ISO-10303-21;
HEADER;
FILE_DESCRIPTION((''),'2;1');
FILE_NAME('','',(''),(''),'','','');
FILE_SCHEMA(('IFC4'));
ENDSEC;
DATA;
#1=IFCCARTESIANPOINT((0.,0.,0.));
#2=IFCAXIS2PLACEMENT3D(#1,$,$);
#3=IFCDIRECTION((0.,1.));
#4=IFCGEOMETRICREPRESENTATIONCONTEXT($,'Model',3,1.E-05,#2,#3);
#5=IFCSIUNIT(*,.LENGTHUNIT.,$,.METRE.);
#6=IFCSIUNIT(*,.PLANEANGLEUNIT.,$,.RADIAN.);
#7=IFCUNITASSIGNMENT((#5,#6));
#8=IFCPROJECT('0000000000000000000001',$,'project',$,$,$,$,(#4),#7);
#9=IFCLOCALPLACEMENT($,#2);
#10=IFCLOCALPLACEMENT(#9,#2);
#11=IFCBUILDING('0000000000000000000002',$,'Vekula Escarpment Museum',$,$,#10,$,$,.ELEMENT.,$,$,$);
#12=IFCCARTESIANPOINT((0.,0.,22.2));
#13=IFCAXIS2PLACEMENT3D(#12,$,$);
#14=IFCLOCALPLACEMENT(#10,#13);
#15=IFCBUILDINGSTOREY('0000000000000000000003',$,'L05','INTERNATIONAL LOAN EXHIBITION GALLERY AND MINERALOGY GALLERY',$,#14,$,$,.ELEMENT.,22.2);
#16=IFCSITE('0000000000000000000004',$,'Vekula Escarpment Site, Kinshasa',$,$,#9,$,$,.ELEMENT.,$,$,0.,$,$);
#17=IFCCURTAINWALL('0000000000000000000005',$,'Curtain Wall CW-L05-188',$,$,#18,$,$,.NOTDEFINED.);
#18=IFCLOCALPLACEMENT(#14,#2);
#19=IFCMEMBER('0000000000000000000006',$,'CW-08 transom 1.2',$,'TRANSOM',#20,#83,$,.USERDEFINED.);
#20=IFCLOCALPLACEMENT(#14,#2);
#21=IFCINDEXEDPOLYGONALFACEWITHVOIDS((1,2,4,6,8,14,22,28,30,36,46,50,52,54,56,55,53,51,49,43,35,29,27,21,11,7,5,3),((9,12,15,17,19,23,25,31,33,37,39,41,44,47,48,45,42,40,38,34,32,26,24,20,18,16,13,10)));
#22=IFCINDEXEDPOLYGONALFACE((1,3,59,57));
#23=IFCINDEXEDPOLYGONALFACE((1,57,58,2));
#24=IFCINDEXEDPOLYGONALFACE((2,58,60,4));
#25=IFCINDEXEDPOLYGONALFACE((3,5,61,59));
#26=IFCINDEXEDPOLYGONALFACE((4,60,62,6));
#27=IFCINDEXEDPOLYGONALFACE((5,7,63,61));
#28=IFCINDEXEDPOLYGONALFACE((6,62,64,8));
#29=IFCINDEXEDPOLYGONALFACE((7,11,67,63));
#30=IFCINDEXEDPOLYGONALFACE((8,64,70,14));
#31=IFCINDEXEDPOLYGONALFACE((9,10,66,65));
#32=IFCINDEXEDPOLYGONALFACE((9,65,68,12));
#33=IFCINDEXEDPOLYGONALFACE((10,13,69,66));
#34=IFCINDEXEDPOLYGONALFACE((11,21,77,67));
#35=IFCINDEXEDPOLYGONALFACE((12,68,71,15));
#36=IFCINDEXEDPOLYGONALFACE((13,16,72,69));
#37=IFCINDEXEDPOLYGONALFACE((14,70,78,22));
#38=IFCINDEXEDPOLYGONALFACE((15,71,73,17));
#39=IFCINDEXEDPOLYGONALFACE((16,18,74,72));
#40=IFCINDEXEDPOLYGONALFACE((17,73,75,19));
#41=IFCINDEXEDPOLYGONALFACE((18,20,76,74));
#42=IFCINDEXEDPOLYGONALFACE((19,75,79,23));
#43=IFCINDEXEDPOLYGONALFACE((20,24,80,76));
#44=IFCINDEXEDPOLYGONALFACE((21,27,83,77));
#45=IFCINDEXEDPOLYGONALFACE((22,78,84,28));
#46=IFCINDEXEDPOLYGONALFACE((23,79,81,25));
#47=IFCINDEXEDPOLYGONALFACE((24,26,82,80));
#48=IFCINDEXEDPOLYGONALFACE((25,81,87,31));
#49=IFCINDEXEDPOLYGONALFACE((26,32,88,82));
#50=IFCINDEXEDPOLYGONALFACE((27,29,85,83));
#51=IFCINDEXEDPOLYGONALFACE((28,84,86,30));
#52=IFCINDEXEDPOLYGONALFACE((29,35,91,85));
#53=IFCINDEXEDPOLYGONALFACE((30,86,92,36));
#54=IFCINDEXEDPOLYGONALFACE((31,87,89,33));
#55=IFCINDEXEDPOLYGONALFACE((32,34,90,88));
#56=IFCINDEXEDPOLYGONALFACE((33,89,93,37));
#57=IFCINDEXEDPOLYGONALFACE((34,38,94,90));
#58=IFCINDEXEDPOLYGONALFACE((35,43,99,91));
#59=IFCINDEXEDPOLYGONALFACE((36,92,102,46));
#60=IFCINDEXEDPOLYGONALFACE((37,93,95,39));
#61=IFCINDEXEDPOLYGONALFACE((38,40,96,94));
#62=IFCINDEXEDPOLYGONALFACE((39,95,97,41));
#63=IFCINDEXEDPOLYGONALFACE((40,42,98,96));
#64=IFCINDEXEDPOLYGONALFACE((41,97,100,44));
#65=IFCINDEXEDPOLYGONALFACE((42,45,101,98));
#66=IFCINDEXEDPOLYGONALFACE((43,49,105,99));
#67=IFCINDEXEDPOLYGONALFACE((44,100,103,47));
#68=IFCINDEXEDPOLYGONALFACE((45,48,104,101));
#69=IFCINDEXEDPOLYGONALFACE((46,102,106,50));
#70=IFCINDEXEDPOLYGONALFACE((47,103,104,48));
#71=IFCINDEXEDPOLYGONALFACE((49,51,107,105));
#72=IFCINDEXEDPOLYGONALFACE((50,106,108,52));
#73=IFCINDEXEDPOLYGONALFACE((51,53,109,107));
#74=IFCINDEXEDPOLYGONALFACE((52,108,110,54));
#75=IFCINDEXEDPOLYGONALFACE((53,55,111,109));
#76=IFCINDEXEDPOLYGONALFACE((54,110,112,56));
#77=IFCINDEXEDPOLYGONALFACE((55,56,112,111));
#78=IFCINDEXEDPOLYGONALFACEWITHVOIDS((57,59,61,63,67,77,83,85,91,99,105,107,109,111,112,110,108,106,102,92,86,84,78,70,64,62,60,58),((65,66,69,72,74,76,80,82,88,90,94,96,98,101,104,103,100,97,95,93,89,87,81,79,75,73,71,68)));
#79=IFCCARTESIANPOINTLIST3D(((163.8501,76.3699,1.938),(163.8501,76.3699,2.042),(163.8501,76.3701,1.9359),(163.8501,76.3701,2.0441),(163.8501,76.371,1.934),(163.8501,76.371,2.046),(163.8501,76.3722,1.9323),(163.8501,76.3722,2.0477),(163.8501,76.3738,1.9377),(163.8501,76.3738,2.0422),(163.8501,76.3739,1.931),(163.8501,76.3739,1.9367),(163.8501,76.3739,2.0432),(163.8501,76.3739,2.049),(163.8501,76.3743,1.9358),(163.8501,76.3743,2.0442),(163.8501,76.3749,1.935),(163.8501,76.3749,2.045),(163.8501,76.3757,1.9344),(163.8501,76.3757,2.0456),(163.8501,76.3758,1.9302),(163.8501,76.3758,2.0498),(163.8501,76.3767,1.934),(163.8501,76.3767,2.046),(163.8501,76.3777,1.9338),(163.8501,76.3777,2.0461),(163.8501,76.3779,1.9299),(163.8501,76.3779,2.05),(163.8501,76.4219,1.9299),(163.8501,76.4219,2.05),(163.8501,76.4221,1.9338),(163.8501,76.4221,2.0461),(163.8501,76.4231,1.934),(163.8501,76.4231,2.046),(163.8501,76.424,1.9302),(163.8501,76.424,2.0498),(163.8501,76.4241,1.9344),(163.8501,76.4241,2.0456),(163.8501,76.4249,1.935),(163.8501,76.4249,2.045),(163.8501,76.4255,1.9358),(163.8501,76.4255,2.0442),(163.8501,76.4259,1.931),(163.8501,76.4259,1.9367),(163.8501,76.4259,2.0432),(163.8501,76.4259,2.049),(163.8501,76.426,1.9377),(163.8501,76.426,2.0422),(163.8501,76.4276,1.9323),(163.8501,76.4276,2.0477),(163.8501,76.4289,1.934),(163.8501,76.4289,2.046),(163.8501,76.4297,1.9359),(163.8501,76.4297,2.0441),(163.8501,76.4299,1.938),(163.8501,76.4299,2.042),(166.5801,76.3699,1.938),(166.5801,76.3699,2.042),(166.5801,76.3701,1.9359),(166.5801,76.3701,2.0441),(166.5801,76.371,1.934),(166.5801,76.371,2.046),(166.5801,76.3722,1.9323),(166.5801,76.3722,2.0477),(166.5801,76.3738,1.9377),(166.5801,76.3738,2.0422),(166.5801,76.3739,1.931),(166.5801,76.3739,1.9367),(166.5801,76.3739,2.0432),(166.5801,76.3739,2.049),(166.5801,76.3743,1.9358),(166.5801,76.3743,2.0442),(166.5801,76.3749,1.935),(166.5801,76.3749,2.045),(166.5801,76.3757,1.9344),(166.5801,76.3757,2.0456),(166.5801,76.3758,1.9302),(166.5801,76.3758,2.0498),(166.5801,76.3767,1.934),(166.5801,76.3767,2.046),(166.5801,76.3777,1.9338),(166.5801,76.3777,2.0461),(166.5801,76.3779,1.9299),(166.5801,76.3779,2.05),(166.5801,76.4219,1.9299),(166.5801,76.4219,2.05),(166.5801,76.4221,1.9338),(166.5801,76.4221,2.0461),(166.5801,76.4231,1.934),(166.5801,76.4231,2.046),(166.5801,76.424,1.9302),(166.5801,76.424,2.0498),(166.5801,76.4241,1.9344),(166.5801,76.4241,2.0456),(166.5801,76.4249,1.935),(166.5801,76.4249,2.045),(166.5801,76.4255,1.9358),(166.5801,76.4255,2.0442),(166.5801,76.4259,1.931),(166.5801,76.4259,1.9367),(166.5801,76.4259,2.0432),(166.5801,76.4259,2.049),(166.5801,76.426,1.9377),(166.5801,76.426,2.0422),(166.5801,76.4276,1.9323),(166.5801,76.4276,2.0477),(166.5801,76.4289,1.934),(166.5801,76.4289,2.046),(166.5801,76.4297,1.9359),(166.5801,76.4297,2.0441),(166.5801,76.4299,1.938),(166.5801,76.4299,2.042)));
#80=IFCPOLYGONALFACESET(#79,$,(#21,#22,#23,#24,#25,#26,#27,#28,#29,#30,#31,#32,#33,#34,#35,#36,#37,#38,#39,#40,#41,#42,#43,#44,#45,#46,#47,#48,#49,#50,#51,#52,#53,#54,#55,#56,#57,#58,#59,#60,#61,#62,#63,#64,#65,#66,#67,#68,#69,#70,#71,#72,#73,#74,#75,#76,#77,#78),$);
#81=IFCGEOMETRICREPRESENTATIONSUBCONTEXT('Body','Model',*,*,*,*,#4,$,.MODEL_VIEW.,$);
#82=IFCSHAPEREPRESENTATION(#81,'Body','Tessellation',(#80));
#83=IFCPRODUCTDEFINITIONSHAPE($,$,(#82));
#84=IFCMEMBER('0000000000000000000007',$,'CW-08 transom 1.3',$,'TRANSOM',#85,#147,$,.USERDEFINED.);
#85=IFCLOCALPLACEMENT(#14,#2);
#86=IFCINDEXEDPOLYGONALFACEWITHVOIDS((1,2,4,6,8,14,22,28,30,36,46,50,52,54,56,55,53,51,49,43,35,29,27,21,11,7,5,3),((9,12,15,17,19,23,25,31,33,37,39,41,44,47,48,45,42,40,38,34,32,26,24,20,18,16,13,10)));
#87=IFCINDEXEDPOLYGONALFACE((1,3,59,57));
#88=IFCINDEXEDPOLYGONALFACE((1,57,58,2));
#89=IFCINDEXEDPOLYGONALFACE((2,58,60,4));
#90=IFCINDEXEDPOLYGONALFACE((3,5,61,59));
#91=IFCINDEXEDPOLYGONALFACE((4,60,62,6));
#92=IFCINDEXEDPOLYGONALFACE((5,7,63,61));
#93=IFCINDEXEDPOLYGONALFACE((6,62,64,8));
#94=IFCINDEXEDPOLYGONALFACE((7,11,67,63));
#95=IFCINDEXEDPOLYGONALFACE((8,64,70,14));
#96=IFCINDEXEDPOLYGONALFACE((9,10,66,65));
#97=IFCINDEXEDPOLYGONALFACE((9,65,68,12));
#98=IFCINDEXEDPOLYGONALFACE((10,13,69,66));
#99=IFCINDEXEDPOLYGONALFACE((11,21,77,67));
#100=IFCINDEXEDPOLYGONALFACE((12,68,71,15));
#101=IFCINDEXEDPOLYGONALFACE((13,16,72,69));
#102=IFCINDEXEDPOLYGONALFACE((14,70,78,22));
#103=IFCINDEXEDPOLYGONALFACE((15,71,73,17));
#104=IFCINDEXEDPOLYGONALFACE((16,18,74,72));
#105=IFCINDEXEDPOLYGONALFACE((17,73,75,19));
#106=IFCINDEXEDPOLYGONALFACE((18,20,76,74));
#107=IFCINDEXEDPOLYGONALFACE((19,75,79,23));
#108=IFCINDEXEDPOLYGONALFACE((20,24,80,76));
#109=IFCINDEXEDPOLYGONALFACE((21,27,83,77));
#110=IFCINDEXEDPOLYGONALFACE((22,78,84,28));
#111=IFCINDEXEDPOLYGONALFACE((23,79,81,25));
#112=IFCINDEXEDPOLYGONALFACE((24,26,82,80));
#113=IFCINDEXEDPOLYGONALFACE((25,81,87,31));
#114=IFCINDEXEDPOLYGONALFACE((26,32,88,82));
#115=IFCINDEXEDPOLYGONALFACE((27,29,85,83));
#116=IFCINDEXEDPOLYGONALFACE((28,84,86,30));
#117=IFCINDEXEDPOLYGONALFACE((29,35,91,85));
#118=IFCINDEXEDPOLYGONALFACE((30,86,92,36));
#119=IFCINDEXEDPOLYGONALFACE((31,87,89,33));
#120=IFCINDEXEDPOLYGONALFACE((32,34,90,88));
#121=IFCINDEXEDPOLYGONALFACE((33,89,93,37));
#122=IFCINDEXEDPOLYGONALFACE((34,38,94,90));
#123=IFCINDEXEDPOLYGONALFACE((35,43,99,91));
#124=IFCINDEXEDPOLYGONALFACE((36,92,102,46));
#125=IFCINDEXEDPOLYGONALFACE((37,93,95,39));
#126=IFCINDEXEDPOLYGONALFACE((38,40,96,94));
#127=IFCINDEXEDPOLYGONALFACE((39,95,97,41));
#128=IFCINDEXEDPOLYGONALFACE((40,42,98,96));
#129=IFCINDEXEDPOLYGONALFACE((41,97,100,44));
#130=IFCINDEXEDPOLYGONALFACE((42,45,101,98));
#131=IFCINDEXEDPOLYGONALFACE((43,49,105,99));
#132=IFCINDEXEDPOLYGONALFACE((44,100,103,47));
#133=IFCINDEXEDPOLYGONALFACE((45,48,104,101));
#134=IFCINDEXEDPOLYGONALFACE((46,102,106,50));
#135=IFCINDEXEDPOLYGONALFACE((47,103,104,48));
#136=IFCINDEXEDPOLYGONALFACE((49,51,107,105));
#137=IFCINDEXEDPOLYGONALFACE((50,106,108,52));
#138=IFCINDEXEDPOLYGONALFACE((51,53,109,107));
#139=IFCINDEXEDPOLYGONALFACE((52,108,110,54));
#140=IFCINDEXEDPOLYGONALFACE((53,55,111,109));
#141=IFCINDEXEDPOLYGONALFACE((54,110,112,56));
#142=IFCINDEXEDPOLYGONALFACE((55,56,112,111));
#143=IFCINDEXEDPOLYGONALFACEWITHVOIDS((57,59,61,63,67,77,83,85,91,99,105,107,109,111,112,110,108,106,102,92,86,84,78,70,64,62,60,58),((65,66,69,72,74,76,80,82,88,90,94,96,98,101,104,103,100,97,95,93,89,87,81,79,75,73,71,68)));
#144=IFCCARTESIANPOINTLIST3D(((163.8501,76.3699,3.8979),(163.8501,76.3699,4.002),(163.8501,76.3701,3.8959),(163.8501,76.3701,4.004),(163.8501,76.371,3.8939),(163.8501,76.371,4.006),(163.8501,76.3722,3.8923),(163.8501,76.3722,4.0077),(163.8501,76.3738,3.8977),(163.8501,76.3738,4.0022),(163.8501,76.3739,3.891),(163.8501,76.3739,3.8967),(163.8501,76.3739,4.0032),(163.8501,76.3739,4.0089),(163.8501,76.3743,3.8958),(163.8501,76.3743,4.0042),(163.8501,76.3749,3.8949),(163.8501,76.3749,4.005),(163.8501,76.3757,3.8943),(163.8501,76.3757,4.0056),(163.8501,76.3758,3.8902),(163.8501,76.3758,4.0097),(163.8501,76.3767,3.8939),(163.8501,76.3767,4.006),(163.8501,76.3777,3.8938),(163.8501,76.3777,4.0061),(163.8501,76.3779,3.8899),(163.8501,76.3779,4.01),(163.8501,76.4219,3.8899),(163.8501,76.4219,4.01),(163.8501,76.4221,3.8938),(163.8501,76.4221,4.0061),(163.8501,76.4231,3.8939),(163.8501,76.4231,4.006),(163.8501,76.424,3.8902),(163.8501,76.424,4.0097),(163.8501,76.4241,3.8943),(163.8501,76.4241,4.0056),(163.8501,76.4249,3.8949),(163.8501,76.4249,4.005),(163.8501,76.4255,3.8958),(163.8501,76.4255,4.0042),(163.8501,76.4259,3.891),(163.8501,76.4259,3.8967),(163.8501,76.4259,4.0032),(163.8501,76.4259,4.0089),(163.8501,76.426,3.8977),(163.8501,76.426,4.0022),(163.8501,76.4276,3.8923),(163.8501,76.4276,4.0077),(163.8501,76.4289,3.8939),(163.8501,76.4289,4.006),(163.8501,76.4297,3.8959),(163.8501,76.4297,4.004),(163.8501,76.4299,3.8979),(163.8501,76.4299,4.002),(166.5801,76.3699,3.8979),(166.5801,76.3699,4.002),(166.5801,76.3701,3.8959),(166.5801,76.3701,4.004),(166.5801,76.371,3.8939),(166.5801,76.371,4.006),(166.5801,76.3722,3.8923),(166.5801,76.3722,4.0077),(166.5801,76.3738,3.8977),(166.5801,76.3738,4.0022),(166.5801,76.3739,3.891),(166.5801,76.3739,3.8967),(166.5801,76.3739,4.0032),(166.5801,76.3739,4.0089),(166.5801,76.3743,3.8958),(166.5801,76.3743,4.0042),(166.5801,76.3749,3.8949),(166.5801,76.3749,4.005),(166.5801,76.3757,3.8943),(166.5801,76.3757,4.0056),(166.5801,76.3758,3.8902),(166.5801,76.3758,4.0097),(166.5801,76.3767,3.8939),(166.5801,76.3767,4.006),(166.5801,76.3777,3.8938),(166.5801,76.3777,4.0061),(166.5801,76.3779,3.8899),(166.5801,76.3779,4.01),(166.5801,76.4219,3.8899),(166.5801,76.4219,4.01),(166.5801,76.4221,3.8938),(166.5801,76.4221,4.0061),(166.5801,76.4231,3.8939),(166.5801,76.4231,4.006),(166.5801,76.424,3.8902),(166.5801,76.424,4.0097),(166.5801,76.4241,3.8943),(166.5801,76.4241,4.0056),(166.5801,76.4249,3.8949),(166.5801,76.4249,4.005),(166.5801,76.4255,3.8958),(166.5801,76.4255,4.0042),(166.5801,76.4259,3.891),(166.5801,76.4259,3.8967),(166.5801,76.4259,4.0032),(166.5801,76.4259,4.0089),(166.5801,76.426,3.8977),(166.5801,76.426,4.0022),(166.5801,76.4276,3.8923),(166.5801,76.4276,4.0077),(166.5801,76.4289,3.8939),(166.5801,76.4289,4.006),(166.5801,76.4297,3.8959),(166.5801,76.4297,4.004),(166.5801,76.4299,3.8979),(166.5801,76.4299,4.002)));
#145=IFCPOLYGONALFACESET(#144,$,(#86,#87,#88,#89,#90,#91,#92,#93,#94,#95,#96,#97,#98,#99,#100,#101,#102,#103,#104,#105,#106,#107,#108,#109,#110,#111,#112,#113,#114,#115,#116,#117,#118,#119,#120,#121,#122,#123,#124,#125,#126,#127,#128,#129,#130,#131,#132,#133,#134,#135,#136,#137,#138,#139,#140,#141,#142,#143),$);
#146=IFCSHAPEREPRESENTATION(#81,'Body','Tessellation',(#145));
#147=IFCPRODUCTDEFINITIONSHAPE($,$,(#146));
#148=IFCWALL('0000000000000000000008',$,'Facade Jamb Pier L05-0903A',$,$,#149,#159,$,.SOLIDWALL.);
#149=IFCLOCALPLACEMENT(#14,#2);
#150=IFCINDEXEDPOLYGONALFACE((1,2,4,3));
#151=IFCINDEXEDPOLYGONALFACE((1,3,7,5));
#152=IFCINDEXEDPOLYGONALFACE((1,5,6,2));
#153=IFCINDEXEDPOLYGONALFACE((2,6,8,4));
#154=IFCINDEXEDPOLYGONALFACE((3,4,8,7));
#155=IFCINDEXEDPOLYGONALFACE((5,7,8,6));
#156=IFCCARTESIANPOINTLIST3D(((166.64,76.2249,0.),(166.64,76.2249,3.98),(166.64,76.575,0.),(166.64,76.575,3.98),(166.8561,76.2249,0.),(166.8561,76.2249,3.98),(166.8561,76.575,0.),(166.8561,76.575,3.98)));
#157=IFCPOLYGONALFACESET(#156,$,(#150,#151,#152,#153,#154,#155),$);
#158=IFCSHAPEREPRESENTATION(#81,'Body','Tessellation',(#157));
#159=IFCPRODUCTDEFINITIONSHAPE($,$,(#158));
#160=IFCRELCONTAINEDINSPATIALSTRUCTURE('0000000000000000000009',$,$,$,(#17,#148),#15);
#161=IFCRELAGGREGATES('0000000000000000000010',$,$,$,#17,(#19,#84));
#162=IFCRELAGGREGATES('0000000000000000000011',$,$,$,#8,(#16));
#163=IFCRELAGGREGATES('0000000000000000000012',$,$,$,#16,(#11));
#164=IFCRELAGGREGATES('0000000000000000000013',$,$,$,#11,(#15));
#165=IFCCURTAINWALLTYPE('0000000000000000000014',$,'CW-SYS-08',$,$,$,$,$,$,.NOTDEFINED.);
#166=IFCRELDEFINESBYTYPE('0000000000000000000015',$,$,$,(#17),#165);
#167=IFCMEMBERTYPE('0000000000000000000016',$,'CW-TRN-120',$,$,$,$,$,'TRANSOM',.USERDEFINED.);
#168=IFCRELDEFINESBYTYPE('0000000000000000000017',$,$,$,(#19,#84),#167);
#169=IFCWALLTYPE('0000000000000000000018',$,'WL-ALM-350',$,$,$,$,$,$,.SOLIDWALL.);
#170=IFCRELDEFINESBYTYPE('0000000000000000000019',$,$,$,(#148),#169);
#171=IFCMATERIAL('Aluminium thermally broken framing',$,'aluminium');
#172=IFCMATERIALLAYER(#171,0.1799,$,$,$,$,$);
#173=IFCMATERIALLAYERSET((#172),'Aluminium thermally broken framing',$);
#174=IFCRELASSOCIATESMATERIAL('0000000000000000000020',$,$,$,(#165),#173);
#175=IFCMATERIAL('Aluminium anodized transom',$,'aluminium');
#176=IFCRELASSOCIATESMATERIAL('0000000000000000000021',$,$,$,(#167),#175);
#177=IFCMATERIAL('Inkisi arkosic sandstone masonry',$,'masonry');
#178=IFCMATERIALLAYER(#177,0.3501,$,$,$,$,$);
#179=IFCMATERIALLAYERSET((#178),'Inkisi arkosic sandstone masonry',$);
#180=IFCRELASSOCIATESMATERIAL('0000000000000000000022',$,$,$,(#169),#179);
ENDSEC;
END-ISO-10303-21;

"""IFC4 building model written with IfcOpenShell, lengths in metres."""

from ifc_helpers import new_model, si_unit, direction, frame, frame_2d, origin, origin_2d, place, context, subcontext, project, spatial, rectangle, hollow_rectangle, extrude, material, layer, layer_set, material_profile, profile_set, type_object, element, aggregate, save


model = new_model("IFC4")

# Units and contexts
model_context = context("Model", 3, precision=1e-05, world=origin(), true_north=direction((0.0, 1.0)))
body_context = subcontext(model_context, "Body", "Model", "MODEL_VIEW")
ifc_project = project(units=[si_unit("LENGTHUNIT", "METRE"), si_unit("PLANEANGLEUNIT", "RADIAN")], contexts=[model_context])

# Site, building, storey
site_placement = place(None, origin())
site = spatial("IfcSite", under=ifc_project, at=site_placement, Name="Vekula Escarpment Site, Kinshasa", CompositionType="ELEMENT", RefElevation=0.0)
building_placement = place(site_placement, origin())
building = spatial("IfcBuilding", under=site, at=building_placement, Name="Vekula Escarpment Museum", CompositionType="ELEMENT")
storey_placement = place(building_placement, frame((0.0, 0.0, 22.2)))
storey = spatial("IfcBuildingStorey", under=building, at=storey_placement, Name="L05", Description="INTERNATIONAL LOAN EXHIBITION GALLERY AND MINERALOGY GALLERY", CompositionType="ELEMENT", Elevation=22.2)

# Curtain wall, members
ifc_material_1 = material(Name="Aluminium thermally broken framing", Category="aluminium")
ifc_layer_1 = layer(ifc_material_1, 0.1799)
ifc_layer_set_1 = layer_set([ifc_layer_1], Name="Aluminium thermally broken framing")
curtain_wall_type = type_object("IfcCurtainWallType", Name="CW-SYS-08", PredefinedType="NOTDEFINED", material=ifc_layer_set_1)
curtain_wall_placement = place(storey_placement, origin())
curtain_wall = element("IfcCurtainWall", 1, at=curtain_wall_placement, inside=storey, type_object=curtain_wall_type, Name="Curtain Wall CW-L05-188", PredefinedType="NOTDEFINED")
ifc_material_2 = material(Name="Aluminium anodized transom", Category="aluminium")
ifc_material_profile_1 = material_profile(ifc_material_2, hollow_rectangle(XDim=0.0601, YDim=0.1201, WallThickness=0.0039, InnerFilletRadius=0.0039, OuterFilletRadius=0.0081, at=origin_2d()), Name="ALU 120x60x4")
ifc_profile_set_1 = profile_set([ifc_material_profile_1], Name="Aluminium anodized transom")
member_type_1 = type_object("IfcMemberType", Name="CW-TRN-120", ElementType="TRANSOM", PredefinedType="USERDEFINED", material=ifc_profile_set_1)
member_1_placement = place(storey_placement, frame((166.5801, 76.3999, 1.99), z_axis=(-1.0, 0.0, 0.0), x_axis=(0.0, -1.0, 0.0)))
member_1 = element("IfcMember", 2, at=member_1_placement, type_object=member_type_1, Name="CW-08 transom 1.2", ObjectType="TRANSOM", PredefinedType="USERDEFINED", context=body_context, shape_type="SweptSolid", body=[
    extrude(hollow_rectangle(XDim=0.0601, YDim=0.1201, WallThickness=0.0039, InnerFilletRadius=0.0039, OuterFilletRadius=0.0081, at=origin_2d()), origin(), (0.0, 0.0, 1.0), 2.73),
])
member_2_placement = place(storey_placement, frame((166.5801, 76.3999, 3.95), z_axis=(-1.0, 0.0, 0.0), x_axis=(0.0, -1.0, 0.0)))
member_2 = element("IfcMember", 3, at=member_2_placement, type_object=member_type_1, Name="CW-08 transom 1.3", ObjectType="TRANSOM", PredefinedType="USERDEFINED", context=body_context, shape_type="SweptSolid", body=[
    extrude(hollow_rectangle(XDim=0.0601, YDim=0.1201, WallThickness=0.0039, InnerFilletRadius=0.0039, OuterFilletRadius=0.0081, at=origin_2d()), origin(), (0.0, 0.0, 1.0), 2.73),
])
aggregate(curtain_wall, [member_1, member_2])

# Wall
ifc_material_3 = material(Name="Inkisi arkosic sandstone masonry", Category="masonry")
ifc_layer_2 = layer(ifc_material_3, 0.3501)
ifc_layer_set_2 = layer_set([ifc_layer_2], Name="Inkisi arkosic sandstone masonry")
wall_type_1 = type_object("IfcWallType", Name="WL-ALM-350", PredefinedType="SOLIDWALL", material=ifc_layer_set_2)
wall_1_placement = place(storey_placement, frame((166.856, 76.3999, 0.0), z_axis=(0.0, 0.0, 1.0), x_axis=(-1.0, 0.0, 0.0)))
element("IfcWall", 4, at=wall_1_placement, inside=storey, type_object=wall_type_1, Name="Facade Jamb Pier L05-0903A", PredefinedType="SOLIDWALL", context=body_context, shape_type="SweptSolid", body=[
    extrude(rectangle(XDim=0.2161, YDim=0.3501, at=frame_2d((0.1079, 0.0))), origin(), (0.0, 0.0, 1.0), 3.98),
])

save(model, "model.ifc")
